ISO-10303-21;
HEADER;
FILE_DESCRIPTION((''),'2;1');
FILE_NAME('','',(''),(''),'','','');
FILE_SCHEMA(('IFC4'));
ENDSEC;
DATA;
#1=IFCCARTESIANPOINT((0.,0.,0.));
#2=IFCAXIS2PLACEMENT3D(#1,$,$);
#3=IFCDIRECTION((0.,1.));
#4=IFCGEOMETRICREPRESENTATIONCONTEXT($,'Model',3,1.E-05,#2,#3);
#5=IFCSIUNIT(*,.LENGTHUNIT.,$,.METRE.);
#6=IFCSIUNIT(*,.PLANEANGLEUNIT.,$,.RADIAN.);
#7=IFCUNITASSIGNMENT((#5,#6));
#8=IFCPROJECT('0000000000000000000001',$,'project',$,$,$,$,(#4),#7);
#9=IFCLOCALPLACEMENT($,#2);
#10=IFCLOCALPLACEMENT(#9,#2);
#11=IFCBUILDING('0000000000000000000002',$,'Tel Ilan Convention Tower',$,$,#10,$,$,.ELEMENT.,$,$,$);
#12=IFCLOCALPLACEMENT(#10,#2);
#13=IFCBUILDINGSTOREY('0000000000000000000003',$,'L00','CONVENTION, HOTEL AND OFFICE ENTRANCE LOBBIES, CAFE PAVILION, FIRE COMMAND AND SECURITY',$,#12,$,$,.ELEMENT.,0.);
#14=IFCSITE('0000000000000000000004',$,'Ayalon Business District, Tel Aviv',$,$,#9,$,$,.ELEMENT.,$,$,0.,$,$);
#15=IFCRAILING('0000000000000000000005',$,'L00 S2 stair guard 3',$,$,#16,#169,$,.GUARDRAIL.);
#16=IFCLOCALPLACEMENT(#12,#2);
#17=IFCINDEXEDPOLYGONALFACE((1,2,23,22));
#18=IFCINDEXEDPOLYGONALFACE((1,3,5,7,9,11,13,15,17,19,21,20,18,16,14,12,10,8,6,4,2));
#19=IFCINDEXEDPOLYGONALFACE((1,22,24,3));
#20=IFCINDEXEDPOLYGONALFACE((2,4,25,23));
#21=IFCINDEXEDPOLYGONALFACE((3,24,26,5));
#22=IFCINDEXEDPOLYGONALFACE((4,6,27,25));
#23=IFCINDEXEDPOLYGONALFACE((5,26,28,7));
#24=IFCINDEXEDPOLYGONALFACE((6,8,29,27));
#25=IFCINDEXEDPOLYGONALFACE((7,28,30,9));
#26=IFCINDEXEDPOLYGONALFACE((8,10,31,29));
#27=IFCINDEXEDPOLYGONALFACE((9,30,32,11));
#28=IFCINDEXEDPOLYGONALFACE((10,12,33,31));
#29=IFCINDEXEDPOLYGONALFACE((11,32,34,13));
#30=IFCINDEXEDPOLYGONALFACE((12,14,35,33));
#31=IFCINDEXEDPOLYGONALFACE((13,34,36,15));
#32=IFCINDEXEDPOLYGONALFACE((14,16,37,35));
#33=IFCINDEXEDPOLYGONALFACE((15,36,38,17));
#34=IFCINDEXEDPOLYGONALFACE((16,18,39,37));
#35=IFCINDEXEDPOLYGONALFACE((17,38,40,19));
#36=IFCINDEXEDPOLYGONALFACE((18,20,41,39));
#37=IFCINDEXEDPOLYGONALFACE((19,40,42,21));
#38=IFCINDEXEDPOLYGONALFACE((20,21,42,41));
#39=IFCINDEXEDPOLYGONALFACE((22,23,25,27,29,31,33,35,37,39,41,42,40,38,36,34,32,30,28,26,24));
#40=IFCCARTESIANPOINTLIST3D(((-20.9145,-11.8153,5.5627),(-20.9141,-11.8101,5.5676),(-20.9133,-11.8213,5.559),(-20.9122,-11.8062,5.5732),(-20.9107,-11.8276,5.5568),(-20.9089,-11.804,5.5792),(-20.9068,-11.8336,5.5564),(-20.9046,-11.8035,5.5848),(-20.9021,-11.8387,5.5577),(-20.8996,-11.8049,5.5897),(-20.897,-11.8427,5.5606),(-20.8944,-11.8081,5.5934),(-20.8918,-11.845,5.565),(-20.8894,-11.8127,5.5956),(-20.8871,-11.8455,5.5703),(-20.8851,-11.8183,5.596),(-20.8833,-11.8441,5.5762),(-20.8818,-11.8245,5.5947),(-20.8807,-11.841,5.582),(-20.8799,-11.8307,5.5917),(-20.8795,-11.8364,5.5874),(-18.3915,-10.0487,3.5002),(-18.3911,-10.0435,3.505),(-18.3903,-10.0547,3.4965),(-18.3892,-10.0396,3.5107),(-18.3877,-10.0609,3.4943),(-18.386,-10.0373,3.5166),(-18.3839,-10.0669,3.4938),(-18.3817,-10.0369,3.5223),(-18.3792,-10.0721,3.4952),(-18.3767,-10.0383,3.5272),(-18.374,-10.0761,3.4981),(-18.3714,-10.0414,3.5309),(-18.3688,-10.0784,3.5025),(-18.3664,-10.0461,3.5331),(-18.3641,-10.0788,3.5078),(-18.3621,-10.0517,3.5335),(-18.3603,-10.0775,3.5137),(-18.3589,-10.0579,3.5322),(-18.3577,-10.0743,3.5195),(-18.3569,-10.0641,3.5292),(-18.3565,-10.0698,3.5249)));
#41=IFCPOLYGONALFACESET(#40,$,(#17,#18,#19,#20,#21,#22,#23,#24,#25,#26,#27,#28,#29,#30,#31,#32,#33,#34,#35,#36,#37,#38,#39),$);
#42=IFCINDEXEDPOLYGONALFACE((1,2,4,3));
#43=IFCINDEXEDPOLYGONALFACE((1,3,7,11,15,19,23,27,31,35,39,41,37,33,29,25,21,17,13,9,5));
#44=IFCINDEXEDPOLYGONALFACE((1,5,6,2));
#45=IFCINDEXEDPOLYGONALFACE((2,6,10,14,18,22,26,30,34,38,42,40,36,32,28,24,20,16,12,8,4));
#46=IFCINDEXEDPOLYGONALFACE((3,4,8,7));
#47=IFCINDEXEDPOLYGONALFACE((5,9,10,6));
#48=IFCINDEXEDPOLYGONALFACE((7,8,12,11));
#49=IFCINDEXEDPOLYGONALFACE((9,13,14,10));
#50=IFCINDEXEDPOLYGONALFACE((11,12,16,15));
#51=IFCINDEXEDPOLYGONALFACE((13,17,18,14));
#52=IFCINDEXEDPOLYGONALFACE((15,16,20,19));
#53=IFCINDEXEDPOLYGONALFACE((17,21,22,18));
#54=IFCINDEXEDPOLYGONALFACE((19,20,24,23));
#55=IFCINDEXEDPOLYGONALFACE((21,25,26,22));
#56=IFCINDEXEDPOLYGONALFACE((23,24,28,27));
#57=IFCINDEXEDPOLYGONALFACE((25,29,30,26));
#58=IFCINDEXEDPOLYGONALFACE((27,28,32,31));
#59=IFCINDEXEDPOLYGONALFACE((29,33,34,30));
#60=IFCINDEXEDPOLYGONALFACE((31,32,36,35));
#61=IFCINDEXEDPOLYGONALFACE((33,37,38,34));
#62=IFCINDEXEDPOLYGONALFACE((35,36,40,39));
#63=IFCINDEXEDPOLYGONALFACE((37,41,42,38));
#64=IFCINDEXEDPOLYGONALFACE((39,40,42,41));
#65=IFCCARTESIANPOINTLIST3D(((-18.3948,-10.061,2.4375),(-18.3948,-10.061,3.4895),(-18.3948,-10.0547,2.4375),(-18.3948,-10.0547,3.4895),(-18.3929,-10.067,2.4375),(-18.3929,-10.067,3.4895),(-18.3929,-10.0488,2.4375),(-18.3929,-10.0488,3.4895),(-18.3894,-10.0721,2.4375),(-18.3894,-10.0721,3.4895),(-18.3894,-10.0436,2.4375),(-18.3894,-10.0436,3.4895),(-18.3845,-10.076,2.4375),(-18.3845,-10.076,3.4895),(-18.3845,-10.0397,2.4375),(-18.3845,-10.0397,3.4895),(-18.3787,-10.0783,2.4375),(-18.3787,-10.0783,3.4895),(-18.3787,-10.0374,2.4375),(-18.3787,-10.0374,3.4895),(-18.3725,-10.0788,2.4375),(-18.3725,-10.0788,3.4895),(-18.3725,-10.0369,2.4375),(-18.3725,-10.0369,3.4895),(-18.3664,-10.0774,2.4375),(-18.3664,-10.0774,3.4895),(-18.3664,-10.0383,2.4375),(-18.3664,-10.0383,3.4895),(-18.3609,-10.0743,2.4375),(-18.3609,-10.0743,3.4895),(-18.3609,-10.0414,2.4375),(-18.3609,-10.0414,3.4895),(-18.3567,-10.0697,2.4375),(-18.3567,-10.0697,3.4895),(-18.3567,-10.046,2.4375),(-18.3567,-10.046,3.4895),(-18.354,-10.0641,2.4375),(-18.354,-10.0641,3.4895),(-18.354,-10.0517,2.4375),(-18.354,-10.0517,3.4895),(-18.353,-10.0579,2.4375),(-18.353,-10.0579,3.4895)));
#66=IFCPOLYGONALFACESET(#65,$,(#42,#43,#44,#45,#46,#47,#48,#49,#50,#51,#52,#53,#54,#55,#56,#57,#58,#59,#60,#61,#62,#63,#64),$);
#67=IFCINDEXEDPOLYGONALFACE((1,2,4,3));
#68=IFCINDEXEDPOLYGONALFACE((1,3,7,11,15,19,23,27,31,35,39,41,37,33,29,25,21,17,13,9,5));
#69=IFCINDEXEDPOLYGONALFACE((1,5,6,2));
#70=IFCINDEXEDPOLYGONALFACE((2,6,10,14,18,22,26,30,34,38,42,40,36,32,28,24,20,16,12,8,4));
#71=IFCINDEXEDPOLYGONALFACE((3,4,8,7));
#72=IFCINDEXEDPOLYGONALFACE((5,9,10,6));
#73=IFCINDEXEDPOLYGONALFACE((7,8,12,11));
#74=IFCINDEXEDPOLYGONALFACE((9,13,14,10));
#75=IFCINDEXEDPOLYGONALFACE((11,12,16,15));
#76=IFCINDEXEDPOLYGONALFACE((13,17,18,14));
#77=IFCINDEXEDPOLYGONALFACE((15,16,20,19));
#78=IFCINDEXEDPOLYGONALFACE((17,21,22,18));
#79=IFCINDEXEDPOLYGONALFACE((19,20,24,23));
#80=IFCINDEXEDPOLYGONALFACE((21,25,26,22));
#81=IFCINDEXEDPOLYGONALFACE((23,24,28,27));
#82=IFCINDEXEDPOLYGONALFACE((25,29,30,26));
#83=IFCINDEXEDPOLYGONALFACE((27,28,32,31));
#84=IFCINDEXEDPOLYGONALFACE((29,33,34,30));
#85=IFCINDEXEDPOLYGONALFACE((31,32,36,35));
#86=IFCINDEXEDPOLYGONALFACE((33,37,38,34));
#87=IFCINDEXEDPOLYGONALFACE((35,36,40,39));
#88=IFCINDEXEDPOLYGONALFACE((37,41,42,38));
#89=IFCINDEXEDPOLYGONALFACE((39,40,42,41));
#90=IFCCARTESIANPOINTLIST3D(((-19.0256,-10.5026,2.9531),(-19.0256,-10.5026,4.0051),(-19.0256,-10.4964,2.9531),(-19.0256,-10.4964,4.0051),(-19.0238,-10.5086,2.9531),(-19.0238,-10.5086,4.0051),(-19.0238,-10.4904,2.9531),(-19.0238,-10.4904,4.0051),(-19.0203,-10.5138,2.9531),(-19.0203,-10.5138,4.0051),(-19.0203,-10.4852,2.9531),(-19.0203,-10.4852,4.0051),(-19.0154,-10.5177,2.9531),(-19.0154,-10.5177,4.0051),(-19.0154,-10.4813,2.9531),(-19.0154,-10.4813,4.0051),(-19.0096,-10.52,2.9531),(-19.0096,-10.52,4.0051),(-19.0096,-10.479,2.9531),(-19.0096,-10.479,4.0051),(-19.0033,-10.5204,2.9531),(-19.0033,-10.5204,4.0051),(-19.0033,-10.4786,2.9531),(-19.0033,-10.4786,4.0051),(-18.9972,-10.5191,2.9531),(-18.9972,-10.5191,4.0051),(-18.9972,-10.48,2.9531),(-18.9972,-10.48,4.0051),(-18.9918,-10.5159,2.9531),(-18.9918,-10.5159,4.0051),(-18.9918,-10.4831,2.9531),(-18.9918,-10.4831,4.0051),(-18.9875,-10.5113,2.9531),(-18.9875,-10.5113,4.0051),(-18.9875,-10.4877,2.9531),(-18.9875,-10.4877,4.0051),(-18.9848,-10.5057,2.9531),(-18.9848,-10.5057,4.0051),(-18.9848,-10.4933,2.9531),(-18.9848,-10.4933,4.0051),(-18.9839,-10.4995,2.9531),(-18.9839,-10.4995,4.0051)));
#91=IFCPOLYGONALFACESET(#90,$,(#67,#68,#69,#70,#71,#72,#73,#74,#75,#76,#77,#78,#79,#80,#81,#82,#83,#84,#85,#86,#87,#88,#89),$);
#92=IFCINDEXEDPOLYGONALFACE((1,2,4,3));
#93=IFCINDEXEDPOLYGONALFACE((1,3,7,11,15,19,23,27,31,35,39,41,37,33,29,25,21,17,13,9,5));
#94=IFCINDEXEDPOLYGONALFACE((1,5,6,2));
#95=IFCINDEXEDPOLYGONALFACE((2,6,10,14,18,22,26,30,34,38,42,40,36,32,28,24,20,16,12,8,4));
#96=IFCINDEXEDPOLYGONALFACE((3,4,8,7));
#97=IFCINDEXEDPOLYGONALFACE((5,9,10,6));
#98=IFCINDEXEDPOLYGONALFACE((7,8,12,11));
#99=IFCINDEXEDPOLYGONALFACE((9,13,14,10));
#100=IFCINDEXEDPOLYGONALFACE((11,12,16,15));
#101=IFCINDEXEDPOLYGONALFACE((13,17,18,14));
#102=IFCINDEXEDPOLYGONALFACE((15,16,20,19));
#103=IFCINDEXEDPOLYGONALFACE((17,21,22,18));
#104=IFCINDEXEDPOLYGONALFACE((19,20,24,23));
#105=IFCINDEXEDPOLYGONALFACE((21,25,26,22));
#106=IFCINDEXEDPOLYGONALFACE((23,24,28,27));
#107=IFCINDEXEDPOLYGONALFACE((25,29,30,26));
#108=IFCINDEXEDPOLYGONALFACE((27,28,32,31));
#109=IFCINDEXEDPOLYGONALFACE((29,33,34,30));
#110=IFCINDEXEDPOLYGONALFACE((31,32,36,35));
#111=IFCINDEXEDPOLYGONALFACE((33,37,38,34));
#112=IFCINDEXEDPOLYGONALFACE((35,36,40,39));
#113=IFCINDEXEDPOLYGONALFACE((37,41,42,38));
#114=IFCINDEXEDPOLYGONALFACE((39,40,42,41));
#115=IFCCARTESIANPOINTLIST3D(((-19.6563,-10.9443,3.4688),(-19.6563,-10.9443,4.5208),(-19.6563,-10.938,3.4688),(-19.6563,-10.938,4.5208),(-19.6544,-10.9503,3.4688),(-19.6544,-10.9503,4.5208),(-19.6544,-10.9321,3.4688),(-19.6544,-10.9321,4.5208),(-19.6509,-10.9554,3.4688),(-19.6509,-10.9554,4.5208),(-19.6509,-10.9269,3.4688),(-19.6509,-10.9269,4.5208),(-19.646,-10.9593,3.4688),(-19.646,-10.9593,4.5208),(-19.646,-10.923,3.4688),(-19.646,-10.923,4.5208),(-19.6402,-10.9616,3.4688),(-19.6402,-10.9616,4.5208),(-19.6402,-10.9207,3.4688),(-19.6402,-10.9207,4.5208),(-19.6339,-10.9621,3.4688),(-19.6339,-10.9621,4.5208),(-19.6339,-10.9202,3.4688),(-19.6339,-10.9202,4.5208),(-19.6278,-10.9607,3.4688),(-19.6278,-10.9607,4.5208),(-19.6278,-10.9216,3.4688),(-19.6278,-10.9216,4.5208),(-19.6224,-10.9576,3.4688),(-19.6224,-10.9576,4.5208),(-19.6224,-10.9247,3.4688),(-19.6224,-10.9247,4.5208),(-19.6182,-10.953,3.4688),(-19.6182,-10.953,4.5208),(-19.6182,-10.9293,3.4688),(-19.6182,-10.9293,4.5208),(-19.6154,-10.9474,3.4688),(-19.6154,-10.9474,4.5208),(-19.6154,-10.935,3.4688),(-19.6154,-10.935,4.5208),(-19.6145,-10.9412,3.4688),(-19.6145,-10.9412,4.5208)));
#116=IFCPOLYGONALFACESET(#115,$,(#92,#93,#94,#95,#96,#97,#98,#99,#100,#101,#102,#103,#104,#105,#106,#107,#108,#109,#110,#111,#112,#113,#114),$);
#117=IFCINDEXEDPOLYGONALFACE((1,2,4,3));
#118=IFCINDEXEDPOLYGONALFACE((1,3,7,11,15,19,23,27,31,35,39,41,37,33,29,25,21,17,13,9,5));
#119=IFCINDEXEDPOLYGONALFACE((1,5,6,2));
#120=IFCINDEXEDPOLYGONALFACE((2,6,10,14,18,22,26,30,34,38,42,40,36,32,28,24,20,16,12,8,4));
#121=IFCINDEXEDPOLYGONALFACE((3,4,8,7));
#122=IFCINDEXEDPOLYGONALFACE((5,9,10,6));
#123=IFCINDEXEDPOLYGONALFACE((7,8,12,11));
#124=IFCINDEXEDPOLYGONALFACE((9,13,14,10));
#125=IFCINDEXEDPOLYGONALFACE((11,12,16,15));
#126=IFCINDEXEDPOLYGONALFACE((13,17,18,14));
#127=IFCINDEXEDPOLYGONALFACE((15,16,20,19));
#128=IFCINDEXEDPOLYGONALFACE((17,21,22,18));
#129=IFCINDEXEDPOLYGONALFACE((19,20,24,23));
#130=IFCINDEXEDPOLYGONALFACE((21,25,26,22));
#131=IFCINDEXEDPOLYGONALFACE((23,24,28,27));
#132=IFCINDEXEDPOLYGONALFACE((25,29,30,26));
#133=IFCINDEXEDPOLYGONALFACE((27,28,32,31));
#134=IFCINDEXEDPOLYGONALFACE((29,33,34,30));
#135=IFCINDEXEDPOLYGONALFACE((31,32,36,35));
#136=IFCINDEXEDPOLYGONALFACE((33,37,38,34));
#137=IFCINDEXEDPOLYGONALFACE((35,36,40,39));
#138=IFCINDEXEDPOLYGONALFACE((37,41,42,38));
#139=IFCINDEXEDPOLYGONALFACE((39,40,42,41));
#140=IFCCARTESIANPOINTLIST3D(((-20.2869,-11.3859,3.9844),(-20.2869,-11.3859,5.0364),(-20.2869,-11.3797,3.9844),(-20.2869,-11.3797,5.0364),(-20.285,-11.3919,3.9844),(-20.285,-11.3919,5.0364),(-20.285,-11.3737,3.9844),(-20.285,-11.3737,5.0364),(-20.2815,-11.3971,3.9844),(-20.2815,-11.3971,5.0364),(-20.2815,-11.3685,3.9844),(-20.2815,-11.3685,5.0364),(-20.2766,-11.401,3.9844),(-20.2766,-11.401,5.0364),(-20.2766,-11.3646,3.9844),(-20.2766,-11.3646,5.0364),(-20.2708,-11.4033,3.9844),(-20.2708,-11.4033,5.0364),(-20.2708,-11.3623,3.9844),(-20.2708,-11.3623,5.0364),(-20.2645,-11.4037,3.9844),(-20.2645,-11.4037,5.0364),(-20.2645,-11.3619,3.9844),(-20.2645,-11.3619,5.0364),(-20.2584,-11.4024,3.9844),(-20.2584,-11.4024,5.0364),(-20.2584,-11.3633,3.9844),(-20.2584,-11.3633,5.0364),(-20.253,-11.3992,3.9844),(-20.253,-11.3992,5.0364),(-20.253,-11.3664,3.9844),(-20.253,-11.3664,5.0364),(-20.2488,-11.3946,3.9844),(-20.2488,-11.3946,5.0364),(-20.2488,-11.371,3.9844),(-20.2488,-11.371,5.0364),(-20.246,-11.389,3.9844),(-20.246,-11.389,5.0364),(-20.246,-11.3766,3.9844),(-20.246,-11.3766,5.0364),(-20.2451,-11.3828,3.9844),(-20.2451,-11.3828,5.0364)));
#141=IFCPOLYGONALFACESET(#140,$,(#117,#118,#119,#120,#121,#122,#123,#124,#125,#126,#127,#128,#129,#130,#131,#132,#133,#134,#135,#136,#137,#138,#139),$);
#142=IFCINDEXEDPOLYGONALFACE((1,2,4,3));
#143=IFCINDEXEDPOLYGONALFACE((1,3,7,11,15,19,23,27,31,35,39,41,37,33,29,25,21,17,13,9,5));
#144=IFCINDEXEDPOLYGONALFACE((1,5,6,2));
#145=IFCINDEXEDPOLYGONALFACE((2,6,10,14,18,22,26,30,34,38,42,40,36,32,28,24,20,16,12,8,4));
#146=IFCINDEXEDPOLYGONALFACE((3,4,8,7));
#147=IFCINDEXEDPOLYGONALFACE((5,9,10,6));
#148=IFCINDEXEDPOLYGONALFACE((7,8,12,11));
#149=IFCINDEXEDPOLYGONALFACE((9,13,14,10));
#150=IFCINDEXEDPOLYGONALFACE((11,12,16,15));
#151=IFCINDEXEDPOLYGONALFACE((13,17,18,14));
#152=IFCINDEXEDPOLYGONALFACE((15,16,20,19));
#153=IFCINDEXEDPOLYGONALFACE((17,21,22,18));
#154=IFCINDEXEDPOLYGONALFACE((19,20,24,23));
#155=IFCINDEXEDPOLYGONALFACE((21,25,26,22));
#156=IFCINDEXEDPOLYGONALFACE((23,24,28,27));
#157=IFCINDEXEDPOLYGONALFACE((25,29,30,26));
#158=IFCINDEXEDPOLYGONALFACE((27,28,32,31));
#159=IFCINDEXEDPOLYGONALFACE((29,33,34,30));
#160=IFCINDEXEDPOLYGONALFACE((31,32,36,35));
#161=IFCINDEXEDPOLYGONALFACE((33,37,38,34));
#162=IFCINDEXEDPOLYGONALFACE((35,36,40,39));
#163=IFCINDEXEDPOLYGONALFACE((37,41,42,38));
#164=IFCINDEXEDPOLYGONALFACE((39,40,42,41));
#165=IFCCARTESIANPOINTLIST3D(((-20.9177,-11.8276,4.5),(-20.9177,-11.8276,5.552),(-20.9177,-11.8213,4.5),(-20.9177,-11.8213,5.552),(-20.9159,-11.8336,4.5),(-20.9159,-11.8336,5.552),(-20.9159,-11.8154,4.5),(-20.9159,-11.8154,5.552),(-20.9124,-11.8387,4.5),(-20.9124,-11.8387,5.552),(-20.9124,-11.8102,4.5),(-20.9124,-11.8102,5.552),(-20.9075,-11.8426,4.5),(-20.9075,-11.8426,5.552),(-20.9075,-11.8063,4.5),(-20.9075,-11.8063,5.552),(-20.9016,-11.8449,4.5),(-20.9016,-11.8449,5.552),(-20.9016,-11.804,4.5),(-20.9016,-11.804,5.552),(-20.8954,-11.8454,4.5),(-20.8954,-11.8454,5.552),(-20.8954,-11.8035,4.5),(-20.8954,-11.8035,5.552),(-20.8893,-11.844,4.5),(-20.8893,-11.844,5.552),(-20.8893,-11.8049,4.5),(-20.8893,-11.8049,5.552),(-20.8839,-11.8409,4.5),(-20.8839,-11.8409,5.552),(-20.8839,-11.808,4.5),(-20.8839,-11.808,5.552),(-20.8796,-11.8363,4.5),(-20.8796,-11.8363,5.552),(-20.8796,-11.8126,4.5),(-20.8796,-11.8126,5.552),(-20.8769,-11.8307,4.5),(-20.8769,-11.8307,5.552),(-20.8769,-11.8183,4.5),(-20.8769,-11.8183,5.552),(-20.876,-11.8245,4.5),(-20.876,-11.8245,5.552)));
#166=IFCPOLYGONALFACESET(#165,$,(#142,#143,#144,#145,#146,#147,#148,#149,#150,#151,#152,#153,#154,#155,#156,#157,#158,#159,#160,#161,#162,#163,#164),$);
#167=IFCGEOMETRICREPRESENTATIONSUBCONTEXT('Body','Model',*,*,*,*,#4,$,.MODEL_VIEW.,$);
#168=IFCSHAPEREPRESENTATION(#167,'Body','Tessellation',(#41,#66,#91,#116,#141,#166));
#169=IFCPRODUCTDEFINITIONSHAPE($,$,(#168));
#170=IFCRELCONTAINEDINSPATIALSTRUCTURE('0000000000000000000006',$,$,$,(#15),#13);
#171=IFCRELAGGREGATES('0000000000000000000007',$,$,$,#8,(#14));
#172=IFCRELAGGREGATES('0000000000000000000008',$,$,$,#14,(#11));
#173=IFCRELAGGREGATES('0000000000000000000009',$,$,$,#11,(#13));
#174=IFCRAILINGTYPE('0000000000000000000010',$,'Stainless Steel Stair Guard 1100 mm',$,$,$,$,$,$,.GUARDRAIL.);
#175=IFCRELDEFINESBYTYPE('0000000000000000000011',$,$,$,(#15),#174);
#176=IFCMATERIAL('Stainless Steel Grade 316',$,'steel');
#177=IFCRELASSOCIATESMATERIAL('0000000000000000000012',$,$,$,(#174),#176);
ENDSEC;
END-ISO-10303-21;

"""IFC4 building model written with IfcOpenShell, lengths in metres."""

from ifc_helpers import new_model, si_unit, direction, frame, origin, origin_2d, place, context, subcontext, project, spatial, circle, extrude, material, type_object, element, save


model = new_model("IFC4")

# Units and contexts
model_context = context("Model", 3, precision=1e-05, world=origin(), true_north=direction((0.0, 1.0)))
body_context = subcontext(model_context, "Body", "Model", "MODEL_VIEW")
ifc_project = project(units=[si_unit("LENGTHUNIT", "METRE"), si_unit("PLANEANGLEUNIT", "RADIAN")], contexts=[model_context])

# Site, building, storey
site_placement = place(None, origin())
site = spatial("IfcSite", under=ifc_project, at=site_placement, Name="Ayalon Business District, Tel Aviv", CompositionType="ELEMENT", RefElevation=0.0)
building_placement = place(site_placement, origin())
building = spatial("IfcBuilding", under=site, at=building_placement, Name="Tel Ilan Convention Tower", CompositionType="ELEMENT")
storey_placement = place(building_placement, origin())
storey = spatial("IfcBuildingStorey", under=building, at=storey_placement, Name="L00", Description="CONVENTION, HOTEL AND OFFICE ENTRANCE LOBBIES, CAFE PAVILION, FIRE COMMAND AND SECURITY", CompositionType="ELEMENT", Elevation=0.0)

# Railing
ifc_material_1 = material(Name="Stainless Steel Grade 316", Category="steel")
railing_type_1 = type_object("IfcRailingType", Name="Stainless Steel Stair Guard 1100 mm", PredefinedType="GUARDRAIL", material=ifc_material_1)
railing_1_placement = place(storey_placement, frame((-18.374, -10.0579, 2.4375)))
element("IfcRailing", 1, at=railing_1_placement, inside=storey, type_object=railing_type_1, Name="L00 S2 stair guard 3", PredefinedType="GUARDRAIL", context=body_context, shape_type="SweptSolid", body=[
    extrude(circle(Radius=0.0239, at=origin_2d()), frame((0.0, 0.0, 1.0762), z_axis=(-0.680635, -0.476589, 0.556416), x_axis=(0.573579, -0.81915, 0.0)), (0.0, 0.0, 1.0), 3.7068),
    extrude(circle(Radius=0.021, at=origin_2d()), origin(), (0.0, 0.0, 1.0), 1.052),
    extrude(circle(Radius=0.021, at=origin_2d()), frame((-0.6309, -0.4417, 0.5156)), (0.0, 0.0, 1.0), 1.052),
    extrude(circle(Radius=0.021, at=origin_2d()), frame((-1.2615, -0.8833, 1.0312)), (0.0, 0.0, 1.0), 1.052),
    extrude(circle(Radius=0.021, at=origin_2d()), frame((-1.8921, -1.325, 1.5469)), (0.0, 0.0, 1.0), 1.052),
    extrude(circle(Radius=0.021, at=origin_2d()), frame((-2.5229, -1.7666, 2.0625)), (0.0, 0.0, 1.0), 1.052),
])

save(model, "model.ifc")
